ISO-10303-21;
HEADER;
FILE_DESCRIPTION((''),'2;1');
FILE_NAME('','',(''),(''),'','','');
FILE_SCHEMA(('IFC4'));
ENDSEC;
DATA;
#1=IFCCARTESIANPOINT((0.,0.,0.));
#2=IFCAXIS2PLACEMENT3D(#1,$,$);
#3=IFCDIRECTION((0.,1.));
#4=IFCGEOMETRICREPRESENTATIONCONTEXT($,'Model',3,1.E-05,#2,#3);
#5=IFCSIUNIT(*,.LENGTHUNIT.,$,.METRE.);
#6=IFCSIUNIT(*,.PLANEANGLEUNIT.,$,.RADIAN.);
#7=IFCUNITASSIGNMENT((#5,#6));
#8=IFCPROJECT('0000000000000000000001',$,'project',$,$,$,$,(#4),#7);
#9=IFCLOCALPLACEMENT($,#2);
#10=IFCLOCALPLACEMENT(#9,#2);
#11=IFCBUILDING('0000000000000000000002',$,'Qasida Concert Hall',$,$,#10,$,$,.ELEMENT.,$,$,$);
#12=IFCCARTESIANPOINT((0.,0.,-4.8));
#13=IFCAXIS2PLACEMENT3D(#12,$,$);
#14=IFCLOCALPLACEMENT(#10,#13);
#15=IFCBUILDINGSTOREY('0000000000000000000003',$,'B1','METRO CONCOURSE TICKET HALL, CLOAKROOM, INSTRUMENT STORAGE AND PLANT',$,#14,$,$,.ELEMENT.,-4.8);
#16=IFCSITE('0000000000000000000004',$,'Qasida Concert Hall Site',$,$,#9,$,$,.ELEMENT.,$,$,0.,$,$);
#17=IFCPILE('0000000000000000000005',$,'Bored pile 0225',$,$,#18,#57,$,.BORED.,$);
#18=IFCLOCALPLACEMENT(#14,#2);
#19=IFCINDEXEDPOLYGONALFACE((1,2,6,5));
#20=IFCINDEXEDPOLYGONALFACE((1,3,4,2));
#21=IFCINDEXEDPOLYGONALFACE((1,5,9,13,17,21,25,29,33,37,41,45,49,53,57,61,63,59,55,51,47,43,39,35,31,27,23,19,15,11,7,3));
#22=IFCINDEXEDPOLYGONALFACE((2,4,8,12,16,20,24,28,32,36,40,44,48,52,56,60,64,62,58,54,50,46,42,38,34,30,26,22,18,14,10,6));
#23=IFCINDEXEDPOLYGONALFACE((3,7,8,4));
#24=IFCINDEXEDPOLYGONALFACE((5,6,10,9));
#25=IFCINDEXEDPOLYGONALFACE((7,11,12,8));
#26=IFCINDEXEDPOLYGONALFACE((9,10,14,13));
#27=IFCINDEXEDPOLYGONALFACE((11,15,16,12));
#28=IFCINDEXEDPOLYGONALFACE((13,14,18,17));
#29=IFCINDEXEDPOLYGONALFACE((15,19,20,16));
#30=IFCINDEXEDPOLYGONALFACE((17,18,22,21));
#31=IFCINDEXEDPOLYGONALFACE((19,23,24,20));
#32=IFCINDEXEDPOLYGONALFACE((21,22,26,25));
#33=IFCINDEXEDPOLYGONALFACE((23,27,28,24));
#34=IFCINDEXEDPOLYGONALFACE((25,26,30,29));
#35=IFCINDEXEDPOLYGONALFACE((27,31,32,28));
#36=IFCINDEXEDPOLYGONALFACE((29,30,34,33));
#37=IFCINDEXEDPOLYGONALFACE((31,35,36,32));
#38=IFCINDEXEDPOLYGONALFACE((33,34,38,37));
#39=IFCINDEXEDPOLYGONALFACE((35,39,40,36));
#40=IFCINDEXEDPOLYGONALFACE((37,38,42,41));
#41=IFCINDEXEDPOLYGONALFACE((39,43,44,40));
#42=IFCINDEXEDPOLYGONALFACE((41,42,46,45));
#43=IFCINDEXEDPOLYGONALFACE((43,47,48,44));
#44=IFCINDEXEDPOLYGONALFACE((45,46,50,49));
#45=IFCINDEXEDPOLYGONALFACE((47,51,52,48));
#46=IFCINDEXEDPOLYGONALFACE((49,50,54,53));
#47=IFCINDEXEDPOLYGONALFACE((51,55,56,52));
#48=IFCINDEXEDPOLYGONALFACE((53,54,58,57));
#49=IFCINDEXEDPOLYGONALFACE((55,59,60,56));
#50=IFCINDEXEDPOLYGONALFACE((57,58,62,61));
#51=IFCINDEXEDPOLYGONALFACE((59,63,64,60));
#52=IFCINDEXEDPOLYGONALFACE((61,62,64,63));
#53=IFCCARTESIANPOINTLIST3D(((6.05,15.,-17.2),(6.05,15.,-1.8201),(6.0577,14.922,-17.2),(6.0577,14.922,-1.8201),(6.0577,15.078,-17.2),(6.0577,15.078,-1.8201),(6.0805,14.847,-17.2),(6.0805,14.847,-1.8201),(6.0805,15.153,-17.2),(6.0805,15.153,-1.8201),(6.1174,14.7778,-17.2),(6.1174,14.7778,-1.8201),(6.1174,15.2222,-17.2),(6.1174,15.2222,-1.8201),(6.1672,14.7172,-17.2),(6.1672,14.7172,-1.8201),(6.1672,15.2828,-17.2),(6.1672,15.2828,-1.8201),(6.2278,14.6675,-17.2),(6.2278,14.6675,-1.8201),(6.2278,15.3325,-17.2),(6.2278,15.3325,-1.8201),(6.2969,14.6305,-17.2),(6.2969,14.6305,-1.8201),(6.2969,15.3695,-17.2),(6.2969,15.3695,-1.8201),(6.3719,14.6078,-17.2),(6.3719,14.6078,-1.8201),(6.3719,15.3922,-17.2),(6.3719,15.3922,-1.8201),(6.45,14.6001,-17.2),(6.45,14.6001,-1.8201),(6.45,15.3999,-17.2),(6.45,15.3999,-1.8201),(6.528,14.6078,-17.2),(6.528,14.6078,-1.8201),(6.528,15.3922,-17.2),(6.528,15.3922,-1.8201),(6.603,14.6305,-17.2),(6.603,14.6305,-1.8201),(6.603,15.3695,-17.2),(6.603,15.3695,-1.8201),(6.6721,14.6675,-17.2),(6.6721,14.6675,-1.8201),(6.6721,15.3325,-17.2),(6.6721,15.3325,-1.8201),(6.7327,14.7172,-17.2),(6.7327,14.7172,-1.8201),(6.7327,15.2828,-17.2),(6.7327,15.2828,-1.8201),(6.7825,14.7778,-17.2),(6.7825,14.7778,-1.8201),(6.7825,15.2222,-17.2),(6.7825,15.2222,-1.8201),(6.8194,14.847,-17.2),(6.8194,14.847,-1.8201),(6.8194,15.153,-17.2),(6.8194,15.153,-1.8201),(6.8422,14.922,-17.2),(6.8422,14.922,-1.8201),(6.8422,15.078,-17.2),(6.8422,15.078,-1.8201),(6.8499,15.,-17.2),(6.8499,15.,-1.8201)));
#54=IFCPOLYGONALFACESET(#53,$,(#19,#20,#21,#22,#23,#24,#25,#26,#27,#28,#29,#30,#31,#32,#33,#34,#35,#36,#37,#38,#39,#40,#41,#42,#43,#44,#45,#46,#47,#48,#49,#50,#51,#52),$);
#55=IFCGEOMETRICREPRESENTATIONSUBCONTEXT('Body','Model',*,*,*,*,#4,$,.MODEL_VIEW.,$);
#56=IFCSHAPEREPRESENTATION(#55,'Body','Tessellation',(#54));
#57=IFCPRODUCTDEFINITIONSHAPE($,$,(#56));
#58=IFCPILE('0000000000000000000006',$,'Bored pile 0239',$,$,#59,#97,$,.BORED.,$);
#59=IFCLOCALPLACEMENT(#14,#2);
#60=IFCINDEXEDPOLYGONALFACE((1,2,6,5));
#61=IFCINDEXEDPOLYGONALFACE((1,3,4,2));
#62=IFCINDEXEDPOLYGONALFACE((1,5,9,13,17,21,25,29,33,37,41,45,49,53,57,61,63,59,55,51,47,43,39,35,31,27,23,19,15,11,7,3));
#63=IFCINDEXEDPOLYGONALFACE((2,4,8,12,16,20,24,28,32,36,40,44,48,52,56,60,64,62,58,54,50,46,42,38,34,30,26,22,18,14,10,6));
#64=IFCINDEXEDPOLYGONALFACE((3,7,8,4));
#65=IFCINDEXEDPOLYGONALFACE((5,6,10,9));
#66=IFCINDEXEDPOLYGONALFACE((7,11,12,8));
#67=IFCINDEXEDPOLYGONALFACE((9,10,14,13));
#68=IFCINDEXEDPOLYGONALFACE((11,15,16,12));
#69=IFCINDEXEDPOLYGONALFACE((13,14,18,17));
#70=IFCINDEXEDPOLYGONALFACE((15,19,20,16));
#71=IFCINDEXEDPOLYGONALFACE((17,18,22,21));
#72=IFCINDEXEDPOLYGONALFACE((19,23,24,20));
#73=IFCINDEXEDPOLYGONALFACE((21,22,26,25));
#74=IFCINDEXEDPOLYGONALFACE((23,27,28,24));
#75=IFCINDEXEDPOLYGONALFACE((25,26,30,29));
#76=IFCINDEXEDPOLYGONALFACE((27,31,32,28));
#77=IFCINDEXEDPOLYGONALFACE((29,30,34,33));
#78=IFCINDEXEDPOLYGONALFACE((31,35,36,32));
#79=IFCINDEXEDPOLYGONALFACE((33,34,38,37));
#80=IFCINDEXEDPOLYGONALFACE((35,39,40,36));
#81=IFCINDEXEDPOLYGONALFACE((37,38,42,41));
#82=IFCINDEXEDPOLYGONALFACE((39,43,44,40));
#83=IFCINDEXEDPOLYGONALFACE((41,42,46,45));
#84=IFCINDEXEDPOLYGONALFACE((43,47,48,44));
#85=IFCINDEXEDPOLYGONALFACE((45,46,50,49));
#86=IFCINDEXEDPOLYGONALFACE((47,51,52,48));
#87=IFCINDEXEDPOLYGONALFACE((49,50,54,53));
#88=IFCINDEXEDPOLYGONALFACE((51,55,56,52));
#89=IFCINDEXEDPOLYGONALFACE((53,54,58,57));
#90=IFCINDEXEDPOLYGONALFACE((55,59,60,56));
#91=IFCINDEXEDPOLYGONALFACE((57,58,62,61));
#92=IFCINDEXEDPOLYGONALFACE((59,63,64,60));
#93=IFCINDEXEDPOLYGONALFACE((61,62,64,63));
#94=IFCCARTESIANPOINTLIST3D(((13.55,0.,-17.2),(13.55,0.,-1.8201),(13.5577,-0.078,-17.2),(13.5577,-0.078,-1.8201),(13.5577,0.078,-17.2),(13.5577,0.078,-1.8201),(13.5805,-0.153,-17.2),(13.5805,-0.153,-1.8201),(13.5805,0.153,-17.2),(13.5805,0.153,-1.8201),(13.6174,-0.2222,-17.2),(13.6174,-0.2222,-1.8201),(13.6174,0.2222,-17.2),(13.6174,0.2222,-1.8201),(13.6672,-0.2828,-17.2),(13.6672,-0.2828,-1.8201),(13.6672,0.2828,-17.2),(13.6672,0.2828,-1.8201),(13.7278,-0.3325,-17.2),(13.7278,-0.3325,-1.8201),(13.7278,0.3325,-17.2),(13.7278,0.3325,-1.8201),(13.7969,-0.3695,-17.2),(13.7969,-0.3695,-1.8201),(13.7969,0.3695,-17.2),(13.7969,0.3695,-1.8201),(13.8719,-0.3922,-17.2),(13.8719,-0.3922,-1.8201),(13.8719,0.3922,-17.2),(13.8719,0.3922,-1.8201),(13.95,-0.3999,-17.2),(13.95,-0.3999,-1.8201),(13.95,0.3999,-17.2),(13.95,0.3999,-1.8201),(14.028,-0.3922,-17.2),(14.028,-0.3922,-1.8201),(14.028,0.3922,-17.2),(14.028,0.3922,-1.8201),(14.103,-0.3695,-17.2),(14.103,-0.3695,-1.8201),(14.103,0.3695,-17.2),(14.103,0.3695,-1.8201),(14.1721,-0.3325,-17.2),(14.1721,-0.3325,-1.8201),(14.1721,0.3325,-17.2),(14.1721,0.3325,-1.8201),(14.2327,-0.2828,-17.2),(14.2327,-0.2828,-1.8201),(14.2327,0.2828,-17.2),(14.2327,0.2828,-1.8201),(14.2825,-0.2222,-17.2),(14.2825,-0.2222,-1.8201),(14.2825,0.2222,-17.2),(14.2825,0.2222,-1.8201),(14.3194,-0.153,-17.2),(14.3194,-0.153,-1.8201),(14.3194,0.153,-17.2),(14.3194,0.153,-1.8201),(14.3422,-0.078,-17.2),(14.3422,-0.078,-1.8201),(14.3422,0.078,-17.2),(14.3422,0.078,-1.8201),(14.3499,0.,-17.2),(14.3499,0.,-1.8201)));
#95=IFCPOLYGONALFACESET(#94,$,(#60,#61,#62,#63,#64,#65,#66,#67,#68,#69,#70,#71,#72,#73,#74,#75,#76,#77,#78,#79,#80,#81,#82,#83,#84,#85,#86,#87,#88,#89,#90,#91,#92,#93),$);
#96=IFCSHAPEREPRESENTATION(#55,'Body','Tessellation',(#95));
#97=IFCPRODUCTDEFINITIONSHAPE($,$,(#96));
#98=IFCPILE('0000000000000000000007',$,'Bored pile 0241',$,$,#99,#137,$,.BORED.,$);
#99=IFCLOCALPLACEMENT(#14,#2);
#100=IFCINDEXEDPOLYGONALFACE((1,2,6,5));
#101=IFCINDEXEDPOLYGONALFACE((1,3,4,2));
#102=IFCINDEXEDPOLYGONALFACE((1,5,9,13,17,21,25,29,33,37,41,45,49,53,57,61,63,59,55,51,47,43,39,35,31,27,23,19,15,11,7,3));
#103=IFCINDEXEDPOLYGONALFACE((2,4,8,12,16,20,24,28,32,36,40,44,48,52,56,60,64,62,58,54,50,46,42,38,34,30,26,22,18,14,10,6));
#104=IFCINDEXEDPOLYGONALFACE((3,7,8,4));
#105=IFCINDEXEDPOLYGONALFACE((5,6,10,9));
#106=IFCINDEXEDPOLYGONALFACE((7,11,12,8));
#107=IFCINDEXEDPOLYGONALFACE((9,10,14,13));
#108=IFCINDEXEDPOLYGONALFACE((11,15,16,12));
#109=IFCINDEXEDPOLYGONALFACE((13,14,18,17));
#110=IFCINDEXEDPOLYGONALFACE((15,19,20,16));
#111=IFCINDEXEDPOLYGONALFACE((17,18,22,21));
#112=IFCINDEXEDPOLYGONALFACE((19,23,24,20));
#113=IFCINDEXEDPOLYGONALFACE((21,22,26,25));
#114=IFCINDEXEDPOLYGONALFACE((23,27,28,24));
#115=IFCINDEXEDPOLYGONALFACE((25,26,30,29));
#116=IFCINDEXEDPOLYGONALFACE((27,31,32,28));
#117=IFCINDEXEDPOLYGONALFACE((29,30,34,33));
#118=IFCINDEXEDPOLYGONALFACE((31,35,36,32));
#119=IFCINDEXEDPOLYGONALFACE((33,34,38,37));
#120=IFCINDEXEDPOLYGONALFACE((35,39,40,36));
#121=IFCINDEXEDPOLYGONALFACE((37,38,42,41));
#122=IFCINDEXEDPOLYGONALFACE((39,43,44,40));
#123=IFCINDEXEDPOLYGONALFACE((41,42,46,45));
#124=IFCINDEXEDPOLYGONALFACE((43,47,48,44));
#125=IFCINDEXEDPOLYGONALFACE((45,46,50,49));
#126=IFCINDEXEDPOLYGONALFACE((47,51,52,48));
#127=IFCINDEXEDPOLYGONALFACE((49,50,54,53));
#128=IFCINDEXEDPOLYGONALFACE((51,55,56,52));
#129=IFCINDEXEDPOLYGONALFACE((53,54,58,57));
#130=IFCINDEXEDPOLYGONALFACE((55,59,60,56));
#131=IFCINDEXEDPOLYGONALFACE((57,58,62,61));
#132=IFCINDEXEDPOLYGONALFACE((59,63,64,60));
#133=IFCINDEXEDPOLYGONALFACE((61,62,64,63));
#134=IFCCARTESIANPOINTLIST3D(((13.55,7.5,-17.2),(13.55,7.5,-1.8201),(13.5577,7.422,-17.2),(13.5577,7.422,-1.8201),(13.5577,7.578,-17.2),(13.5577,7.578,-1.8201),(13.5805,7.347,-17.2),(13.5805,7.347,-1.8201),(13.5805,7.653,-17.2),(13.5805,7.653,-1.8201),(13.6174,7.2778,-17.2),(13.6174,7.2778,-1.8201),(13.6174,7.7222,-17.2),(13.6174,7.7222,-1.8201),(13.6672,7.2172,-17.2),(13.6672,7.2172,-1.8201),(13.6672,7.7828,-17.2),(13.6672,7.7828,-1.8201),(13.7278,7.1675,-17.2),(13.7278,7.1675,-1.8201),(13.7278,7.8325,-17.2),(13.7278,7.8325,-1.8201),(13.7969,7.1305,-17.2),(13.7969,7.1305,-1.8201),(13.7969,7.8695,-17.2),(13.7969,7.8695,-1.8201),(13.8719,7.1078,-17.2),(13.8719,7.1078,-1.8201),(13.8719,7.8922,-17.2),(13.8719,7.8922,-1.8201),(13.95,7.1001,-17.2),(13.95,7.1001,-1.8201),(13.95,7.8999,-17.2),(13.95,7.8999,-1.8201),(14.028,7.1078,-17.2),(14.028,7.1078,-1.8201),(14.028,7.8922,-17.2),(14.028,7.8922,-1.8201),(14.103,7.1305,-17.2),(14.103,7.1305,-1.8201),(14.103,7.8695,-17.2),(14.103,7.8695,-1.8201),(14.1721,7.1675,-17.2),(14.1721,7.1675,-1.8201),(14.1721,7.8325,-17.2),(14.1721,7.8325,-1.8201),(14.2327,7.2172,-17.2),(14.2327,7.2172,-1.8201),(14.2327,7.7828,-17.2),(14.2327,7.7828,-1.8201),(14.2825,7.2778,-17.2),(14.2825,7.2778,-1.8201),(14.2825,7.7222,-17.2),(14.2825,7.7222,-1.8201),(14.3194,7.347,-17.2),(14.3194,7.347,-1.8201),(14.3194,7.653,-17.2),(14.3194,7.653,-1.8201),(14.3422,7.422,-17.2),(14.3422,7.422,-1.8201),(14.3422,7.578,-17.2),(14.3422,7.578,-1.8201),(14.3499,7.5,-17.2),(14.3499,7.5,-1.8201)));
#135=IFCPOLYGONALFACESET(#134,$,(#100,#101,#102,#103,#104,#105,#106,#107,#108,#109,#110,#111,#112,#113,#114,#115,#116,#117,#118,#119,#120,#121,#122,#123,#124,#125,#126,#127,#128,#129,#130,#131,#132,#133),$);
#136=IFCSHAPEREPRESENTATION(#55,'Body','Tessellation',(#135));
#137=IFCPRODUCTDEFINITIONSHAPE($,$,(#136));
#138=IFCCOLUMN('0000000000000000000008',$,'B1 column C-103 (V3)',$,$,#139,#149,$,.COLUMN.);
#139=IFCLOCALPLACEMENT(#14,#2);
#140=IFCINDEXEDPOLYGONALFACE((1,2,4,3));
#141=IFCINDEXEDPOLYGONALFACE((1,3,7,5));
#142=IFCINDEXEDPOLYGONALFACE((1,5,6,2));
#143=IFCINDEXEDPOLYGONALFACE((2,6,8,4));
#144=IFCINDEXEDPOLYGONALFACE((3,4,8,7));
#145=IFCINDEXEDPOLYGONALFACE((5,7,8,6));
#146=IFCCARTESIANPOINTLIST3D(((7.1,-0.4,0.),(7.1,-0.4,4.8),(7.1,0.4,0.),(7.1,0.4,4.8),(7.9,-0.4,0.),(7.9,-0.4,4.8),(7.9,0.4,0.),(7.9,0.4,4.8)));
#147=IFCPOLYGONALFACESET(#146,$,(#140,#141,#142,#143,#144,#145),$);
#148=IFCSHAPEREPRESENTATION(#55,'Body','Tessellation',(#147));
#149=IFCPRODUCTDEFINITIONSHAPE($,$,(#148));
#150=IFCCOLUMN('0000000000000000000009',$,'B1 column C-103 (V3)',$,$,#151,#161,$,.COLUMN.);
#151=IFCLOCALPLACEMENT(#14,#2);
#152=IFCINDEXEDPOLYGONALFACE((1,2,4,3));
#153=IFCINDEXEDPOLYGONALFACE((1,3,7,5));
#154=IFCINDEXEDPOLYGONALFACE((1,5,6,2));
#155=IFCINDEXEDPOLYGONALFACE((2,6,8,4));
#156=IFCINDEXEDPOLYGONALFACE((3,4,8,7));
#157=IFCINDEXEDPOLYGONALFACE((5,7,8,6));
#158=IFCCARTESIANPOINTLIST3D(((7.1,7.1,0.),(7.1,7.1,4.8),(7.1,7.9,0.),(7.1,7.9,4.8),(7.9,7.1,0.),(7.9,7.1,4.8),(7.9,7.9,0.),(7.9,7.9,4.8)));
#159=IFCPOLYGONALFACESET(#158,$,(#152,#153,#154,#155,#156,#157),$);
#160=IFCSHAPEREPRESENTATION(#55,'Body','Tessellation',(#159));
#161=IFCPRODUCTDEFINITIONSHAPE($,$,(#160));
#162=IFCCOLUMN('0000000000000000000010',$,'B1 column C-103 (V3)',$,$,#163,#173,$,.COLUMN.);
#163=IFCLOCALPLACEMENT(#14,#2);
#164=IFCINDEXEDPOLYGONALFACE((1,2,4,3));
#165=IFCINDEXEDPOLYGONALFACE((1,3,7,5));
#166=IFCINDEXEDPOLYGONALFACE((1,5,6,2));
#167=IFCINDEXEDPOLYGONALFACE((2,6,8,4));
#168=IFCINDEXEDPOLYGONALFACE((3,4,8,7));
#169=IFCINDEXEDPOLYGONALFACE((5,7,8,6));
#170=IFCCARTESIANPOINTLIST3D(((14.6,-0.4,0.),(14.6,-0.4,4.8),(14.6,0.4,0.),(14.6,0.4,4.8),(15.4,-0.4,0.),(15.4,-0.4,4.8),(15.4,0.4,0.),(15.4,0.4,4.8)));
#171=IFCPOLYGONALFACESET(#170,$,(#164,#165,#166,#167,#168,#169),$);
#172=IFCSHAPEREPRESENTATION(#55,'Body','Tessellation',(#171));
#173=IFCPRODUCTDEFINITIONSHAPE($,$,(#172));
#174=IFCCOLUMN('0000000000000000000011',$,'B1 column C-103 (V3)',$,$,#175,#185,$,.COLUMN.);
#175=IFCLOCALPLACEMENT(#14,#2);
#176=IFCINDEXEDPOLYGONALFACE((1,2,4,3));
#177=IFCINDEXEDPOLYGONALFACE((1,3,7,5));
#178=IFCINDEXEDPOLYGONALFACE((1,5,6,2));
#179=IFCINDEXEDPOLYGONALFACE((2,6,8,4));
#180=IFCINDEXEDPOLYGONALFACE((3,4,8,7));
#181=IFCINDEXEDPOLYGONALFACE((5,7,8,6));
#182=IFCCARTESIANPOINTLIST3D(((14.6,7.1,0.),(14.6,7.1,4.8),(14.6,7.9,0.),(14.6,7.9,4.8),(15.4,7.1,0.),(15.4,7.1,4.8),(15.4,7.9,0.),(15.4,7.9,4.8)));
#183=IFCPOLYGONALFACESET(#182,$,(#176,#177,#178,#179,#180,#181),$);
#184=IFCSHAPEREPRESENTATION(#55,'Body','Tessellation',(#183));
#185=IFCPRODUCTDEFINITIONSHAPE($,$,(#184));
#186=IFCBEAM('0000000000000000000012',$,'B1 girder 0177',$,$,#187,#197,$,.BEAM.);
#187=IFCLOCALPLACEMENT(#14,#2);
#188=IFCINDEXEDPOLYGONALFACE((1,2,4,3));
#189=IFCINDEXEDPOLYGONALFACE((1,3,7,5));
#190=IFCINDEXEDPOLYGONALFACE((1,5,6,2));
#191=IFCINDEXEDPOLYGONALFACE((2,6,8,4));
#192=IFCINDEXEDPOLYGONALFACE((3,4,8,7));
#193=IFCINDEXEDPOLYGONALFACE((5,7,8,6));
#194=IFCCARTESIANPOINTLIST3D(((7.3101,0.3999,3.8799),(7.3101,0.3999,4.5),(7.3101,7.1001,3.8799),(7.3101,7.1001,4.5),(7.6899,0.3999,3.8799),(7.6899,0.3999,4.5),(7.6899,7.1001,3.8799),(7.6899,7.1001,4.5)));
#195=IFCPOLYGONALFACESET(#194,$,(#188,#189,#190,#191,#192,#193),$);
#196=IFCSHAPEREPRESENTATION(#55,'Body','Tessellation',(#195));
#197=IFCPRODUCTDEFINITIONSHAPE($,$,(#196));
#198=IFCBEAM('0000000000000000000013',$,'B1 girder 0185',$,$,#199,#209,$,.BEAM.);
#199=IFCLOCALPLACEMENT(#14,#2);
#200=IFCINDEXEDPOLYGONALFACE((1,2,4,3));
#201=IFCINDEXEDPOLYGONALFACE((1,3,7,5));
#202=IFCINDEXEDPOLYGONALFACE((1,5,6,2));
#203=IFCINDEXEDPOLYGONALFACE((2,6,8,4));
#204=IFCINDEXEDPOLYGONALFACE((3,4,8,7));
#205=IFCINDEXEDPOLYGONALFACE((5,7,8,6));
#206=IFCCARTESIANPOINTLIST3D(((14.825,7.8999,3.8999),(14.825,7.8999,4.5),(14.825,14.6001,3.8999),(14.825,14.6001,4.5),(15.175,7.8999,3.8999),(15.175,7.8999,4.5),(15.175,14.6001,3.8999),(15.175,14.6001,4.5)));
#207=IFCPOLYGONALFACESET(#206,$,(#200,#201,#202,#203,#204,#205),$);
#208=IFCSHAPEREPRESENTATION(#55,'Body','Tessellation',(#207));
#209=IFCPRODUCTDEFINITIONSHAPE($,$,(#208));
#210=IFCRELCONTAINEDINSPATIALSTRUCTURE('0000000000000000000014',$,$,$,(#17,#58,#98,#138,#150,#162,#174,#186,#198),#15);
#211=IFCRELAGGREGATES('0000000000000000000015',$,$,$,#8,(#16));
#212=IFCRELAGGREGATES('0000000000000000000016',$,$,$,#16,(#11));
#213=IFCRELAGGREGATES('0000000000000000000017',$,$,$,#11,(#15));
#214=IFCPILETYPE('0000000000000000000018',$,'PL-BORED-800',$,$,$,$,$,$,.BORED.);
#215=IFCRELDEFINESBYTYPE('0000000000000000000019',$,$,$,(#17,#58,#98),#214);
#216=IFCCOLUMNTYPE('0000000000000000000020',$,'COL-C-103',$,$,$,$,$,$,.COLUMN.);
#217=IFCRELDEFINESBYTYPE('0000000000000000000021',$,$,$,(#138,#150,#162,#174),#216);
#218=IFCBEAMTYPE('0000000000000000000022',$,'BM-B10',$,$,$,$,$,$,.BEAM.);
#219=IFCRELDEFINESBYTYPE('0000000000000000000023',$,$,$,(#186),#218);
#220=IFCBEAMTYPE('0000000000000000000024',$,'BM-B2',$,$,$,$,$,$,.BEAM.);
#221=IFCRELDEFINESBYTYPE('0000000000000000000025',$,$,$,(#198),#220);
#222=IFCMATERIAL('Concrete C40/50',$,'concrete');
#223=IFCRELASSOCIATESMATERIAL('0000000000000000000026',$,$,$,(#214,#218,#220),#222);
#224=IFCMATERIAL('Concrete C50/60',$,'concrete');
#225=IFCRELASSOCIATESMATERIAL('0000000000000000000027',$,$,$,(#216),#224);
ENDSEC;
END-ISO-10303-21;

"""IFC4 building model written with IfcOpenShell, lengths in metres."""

from ifc_helpers import new_model, si_unit, direction, frame, origin, origin_2d, place, context, subcontext, project, spatial, rectangle, circle, extrude, material, material_profile, profile_set, type_object, element, save


model = new_model("IFC4")

# Units and contexts
model_context = context("Model", 3, precision=1e-05, world=origin(), true_north=direction((0.0, 1.0)))
body_context = subcontext(model_context, "Body", "Model", "MODEL_VIEW")
ifc_project = project(units=[si_unit("LENGTHUNIT", "METRE"), si_unit("PLANEANGLEUNIT", "RADIAN")], contexts=[model_context])

# Site, building, storey
site_placement = place(None, origin())
site = spatial("IfcSite", under=ifc_project, at=site_placement, Name="Qasida Concert Hall Site", CompositionType="ELEMENT", RefElevation=0.0)
building_placement = place(site_placement, origin())
building = spatial("IfcBuilding", under=site, at=building_placement, Name="Qasida Concert Hall", CompositionType="ELEMENT")
storey_placement = place(building_placement, frame((0.0, 0.0, -4.8)))
storey = spatial("IfcBuildingStorey", under=building, at=storey_placement, Name="B1", Description="METRO CONCOURSE TICKET HALL, CLOAKROOM, INSTRUMENT STORAGE AND PLANT", CompositionType="ELEMENT", Elevation=-4.8)

# Shared definitions
ifc_material_1 = material(Name="Concrete C40/50", Category="concrete")

# Piles
ifc_material_profile_1 = material_profile(ifc_material_1, circle(Radius=0.3999, at=origin_2d()), Name="BORED PILE D800")
ifc_profile_set_1 = profile_set([ifc_material_profile_1], Name="Concrete C40/50")
pile_type = type_object("IfcPileType", Name="PL-BORED-800", PredefinedType="BORED", material=ifc_profile_set_1)
for number, where, z_axis, x_axis, name in (
    (1, (6.45, 15.0, -1.8201), (0.0, 0.0, -1.0), (1.0, 0.0, 0.0), "Bored pile 0225"),
    (2, (13.95, 0.0, -1.8201), (0.0, 0.0, -1.0), (1.0, 0.0, 0.0), "Bored pile 0239"),
    (3, (13.95, 7.5, -1.8201), (0.0, 0.0, -1.0), (1.0, 0.0, 0.0), "Bored pile 0241"),
):
    element("IfcPile", number, at=place(storey_placement, frame(where, z_axis=z_axis, x_axis=x_axis)), inside=storey, type_object=pile_type, Name=name, PredefinedType="BORED", context=body_context, shape_type="SweptSolid", body=[
        extrude(circle(Radius=0.3999, at=origin_2d()), origin(), (0.0, 0.0, 1.0), 15.3799),
    ])

# Columns
ifc_material_2 = material(Name="Concrete C50/60", Category="concrete")
ifc_material_profile_2 = material_profile(ifc_material_2, rectangle(XDim=0.8, YDim=0.8, at=origin_2d()), Name="RC 800x800")
ifc_profile_set_2 = profile_set([ifc_material_profile_2], Name="Concrete C50/60")
column_type = type_object("IfcColumnType", Name="COL-C-103", PredefinedType="COLUMN", material=ifc_profile_set_2)
for number, where, z_axis, x_axis, name in (
    (4, (7.5, 0.0, 0.0), (0.0, 0.0, 1.0), (1.0, 0.0, 0.0), "B1 column C-103 (V3)"),
    (5, (7.5, 7.5, 0.0), (0.0, 0.0, 1.0), (1.0, 0.0, 0.0), "B1 column C-103 (V3)"),
    (6, (15.0, 0.0, 0.0), (0.0, 0.0, 1.0), (1.0, 0.0, 0.0), "B1 column C-103 (V3)"),
    (7, (15.0, 7.5, 0.0), (0.0, 0.0, 1.0), (1.0, 0.0, 0.0), "B1 column C-103 (V3)"),
):
    element("IfcColumn", number, at=place(storey_placement, frame(where, z_axis=z_axis, x_axis=x_axis)), inside=storey, type_object=column_type, Name=name, PredefinedType="COLUMN", context=body_context, shape_type="SweptSolid", body=[
        extrude(rectangle(XDim=0.8, YDim=0.8, at=origin_2d()), origin(), (0.0, 0.0, 1.0), 4.8),
    ])

# Beams
ifc_material_profile_3 = material_profile(ifc_material_1, rectangle(XDim=0.3799, YDim=0.6201, at=origin_2d()), Name="RC 380x620")
ifc_profile_set_3 = profile_set([ifc_material_profile_3], Name="Concrete C40/50")
beam_type_1 = type_object("IfcBeamType", Name="BM-B10", PredefinedType="BEAM", material=ifc_profile_set_3)
beam_1_placement = place(storey_placement, frame((7.5, 0.3999, 4.1899), z_axis=(0.0, 1.0, 0.0), x_axis=(-1.0, 0.0, 0.0)))
element("IfcBeam", 8, at=beam_1_placement, inside=storey, type_object=beam_type_1, Name="B1 girder 0177", PredefinedType="BEAM", context=body_context, shape_type="SweptSolid", body=[
    extrude(rectangle(XDim=0.3799, YDim=0.6201, at=origin_2d()), origin(), (0.0, 0.0, 1.0), 6.7002),
])
ifc_material_profile_4 = material_profile(ifc_material_1, rectangle(XDim=0.3501, YDim=0.6001, at=origin_2d()), Name="RC 350x600")
ifc_profile_set_4 = profile_set([ifc_material_profile_4], Name="Concrete C40/50")
beam_type_2 = type_object("IfcBeamType", Name="BM-B2", PredefinedType="BEAM", material=ifc_profile_set_4)
beam_2_placement = place(storey_placement, frame((15.0, 7.8999, 4.2), z_axis=(0.0, 1.0, 0.0), x_axis=(-1.0, 0.0, 0.0)))
element("IfcBeam", 9, at=beam_2_placement, inside=storey, type_object=beam_type_2, Name="B1 girder 0185", PredefinedType="BEAM", context=body_context, shape_type="SweptSolid", body=[
    extrude(rectangle(XDim=0.3501, YDim=0.6001, at=origin_2d()), origin(), (0.0, 0.0, 1.0), 6.7002),
])

save(model, "model.ifc")
